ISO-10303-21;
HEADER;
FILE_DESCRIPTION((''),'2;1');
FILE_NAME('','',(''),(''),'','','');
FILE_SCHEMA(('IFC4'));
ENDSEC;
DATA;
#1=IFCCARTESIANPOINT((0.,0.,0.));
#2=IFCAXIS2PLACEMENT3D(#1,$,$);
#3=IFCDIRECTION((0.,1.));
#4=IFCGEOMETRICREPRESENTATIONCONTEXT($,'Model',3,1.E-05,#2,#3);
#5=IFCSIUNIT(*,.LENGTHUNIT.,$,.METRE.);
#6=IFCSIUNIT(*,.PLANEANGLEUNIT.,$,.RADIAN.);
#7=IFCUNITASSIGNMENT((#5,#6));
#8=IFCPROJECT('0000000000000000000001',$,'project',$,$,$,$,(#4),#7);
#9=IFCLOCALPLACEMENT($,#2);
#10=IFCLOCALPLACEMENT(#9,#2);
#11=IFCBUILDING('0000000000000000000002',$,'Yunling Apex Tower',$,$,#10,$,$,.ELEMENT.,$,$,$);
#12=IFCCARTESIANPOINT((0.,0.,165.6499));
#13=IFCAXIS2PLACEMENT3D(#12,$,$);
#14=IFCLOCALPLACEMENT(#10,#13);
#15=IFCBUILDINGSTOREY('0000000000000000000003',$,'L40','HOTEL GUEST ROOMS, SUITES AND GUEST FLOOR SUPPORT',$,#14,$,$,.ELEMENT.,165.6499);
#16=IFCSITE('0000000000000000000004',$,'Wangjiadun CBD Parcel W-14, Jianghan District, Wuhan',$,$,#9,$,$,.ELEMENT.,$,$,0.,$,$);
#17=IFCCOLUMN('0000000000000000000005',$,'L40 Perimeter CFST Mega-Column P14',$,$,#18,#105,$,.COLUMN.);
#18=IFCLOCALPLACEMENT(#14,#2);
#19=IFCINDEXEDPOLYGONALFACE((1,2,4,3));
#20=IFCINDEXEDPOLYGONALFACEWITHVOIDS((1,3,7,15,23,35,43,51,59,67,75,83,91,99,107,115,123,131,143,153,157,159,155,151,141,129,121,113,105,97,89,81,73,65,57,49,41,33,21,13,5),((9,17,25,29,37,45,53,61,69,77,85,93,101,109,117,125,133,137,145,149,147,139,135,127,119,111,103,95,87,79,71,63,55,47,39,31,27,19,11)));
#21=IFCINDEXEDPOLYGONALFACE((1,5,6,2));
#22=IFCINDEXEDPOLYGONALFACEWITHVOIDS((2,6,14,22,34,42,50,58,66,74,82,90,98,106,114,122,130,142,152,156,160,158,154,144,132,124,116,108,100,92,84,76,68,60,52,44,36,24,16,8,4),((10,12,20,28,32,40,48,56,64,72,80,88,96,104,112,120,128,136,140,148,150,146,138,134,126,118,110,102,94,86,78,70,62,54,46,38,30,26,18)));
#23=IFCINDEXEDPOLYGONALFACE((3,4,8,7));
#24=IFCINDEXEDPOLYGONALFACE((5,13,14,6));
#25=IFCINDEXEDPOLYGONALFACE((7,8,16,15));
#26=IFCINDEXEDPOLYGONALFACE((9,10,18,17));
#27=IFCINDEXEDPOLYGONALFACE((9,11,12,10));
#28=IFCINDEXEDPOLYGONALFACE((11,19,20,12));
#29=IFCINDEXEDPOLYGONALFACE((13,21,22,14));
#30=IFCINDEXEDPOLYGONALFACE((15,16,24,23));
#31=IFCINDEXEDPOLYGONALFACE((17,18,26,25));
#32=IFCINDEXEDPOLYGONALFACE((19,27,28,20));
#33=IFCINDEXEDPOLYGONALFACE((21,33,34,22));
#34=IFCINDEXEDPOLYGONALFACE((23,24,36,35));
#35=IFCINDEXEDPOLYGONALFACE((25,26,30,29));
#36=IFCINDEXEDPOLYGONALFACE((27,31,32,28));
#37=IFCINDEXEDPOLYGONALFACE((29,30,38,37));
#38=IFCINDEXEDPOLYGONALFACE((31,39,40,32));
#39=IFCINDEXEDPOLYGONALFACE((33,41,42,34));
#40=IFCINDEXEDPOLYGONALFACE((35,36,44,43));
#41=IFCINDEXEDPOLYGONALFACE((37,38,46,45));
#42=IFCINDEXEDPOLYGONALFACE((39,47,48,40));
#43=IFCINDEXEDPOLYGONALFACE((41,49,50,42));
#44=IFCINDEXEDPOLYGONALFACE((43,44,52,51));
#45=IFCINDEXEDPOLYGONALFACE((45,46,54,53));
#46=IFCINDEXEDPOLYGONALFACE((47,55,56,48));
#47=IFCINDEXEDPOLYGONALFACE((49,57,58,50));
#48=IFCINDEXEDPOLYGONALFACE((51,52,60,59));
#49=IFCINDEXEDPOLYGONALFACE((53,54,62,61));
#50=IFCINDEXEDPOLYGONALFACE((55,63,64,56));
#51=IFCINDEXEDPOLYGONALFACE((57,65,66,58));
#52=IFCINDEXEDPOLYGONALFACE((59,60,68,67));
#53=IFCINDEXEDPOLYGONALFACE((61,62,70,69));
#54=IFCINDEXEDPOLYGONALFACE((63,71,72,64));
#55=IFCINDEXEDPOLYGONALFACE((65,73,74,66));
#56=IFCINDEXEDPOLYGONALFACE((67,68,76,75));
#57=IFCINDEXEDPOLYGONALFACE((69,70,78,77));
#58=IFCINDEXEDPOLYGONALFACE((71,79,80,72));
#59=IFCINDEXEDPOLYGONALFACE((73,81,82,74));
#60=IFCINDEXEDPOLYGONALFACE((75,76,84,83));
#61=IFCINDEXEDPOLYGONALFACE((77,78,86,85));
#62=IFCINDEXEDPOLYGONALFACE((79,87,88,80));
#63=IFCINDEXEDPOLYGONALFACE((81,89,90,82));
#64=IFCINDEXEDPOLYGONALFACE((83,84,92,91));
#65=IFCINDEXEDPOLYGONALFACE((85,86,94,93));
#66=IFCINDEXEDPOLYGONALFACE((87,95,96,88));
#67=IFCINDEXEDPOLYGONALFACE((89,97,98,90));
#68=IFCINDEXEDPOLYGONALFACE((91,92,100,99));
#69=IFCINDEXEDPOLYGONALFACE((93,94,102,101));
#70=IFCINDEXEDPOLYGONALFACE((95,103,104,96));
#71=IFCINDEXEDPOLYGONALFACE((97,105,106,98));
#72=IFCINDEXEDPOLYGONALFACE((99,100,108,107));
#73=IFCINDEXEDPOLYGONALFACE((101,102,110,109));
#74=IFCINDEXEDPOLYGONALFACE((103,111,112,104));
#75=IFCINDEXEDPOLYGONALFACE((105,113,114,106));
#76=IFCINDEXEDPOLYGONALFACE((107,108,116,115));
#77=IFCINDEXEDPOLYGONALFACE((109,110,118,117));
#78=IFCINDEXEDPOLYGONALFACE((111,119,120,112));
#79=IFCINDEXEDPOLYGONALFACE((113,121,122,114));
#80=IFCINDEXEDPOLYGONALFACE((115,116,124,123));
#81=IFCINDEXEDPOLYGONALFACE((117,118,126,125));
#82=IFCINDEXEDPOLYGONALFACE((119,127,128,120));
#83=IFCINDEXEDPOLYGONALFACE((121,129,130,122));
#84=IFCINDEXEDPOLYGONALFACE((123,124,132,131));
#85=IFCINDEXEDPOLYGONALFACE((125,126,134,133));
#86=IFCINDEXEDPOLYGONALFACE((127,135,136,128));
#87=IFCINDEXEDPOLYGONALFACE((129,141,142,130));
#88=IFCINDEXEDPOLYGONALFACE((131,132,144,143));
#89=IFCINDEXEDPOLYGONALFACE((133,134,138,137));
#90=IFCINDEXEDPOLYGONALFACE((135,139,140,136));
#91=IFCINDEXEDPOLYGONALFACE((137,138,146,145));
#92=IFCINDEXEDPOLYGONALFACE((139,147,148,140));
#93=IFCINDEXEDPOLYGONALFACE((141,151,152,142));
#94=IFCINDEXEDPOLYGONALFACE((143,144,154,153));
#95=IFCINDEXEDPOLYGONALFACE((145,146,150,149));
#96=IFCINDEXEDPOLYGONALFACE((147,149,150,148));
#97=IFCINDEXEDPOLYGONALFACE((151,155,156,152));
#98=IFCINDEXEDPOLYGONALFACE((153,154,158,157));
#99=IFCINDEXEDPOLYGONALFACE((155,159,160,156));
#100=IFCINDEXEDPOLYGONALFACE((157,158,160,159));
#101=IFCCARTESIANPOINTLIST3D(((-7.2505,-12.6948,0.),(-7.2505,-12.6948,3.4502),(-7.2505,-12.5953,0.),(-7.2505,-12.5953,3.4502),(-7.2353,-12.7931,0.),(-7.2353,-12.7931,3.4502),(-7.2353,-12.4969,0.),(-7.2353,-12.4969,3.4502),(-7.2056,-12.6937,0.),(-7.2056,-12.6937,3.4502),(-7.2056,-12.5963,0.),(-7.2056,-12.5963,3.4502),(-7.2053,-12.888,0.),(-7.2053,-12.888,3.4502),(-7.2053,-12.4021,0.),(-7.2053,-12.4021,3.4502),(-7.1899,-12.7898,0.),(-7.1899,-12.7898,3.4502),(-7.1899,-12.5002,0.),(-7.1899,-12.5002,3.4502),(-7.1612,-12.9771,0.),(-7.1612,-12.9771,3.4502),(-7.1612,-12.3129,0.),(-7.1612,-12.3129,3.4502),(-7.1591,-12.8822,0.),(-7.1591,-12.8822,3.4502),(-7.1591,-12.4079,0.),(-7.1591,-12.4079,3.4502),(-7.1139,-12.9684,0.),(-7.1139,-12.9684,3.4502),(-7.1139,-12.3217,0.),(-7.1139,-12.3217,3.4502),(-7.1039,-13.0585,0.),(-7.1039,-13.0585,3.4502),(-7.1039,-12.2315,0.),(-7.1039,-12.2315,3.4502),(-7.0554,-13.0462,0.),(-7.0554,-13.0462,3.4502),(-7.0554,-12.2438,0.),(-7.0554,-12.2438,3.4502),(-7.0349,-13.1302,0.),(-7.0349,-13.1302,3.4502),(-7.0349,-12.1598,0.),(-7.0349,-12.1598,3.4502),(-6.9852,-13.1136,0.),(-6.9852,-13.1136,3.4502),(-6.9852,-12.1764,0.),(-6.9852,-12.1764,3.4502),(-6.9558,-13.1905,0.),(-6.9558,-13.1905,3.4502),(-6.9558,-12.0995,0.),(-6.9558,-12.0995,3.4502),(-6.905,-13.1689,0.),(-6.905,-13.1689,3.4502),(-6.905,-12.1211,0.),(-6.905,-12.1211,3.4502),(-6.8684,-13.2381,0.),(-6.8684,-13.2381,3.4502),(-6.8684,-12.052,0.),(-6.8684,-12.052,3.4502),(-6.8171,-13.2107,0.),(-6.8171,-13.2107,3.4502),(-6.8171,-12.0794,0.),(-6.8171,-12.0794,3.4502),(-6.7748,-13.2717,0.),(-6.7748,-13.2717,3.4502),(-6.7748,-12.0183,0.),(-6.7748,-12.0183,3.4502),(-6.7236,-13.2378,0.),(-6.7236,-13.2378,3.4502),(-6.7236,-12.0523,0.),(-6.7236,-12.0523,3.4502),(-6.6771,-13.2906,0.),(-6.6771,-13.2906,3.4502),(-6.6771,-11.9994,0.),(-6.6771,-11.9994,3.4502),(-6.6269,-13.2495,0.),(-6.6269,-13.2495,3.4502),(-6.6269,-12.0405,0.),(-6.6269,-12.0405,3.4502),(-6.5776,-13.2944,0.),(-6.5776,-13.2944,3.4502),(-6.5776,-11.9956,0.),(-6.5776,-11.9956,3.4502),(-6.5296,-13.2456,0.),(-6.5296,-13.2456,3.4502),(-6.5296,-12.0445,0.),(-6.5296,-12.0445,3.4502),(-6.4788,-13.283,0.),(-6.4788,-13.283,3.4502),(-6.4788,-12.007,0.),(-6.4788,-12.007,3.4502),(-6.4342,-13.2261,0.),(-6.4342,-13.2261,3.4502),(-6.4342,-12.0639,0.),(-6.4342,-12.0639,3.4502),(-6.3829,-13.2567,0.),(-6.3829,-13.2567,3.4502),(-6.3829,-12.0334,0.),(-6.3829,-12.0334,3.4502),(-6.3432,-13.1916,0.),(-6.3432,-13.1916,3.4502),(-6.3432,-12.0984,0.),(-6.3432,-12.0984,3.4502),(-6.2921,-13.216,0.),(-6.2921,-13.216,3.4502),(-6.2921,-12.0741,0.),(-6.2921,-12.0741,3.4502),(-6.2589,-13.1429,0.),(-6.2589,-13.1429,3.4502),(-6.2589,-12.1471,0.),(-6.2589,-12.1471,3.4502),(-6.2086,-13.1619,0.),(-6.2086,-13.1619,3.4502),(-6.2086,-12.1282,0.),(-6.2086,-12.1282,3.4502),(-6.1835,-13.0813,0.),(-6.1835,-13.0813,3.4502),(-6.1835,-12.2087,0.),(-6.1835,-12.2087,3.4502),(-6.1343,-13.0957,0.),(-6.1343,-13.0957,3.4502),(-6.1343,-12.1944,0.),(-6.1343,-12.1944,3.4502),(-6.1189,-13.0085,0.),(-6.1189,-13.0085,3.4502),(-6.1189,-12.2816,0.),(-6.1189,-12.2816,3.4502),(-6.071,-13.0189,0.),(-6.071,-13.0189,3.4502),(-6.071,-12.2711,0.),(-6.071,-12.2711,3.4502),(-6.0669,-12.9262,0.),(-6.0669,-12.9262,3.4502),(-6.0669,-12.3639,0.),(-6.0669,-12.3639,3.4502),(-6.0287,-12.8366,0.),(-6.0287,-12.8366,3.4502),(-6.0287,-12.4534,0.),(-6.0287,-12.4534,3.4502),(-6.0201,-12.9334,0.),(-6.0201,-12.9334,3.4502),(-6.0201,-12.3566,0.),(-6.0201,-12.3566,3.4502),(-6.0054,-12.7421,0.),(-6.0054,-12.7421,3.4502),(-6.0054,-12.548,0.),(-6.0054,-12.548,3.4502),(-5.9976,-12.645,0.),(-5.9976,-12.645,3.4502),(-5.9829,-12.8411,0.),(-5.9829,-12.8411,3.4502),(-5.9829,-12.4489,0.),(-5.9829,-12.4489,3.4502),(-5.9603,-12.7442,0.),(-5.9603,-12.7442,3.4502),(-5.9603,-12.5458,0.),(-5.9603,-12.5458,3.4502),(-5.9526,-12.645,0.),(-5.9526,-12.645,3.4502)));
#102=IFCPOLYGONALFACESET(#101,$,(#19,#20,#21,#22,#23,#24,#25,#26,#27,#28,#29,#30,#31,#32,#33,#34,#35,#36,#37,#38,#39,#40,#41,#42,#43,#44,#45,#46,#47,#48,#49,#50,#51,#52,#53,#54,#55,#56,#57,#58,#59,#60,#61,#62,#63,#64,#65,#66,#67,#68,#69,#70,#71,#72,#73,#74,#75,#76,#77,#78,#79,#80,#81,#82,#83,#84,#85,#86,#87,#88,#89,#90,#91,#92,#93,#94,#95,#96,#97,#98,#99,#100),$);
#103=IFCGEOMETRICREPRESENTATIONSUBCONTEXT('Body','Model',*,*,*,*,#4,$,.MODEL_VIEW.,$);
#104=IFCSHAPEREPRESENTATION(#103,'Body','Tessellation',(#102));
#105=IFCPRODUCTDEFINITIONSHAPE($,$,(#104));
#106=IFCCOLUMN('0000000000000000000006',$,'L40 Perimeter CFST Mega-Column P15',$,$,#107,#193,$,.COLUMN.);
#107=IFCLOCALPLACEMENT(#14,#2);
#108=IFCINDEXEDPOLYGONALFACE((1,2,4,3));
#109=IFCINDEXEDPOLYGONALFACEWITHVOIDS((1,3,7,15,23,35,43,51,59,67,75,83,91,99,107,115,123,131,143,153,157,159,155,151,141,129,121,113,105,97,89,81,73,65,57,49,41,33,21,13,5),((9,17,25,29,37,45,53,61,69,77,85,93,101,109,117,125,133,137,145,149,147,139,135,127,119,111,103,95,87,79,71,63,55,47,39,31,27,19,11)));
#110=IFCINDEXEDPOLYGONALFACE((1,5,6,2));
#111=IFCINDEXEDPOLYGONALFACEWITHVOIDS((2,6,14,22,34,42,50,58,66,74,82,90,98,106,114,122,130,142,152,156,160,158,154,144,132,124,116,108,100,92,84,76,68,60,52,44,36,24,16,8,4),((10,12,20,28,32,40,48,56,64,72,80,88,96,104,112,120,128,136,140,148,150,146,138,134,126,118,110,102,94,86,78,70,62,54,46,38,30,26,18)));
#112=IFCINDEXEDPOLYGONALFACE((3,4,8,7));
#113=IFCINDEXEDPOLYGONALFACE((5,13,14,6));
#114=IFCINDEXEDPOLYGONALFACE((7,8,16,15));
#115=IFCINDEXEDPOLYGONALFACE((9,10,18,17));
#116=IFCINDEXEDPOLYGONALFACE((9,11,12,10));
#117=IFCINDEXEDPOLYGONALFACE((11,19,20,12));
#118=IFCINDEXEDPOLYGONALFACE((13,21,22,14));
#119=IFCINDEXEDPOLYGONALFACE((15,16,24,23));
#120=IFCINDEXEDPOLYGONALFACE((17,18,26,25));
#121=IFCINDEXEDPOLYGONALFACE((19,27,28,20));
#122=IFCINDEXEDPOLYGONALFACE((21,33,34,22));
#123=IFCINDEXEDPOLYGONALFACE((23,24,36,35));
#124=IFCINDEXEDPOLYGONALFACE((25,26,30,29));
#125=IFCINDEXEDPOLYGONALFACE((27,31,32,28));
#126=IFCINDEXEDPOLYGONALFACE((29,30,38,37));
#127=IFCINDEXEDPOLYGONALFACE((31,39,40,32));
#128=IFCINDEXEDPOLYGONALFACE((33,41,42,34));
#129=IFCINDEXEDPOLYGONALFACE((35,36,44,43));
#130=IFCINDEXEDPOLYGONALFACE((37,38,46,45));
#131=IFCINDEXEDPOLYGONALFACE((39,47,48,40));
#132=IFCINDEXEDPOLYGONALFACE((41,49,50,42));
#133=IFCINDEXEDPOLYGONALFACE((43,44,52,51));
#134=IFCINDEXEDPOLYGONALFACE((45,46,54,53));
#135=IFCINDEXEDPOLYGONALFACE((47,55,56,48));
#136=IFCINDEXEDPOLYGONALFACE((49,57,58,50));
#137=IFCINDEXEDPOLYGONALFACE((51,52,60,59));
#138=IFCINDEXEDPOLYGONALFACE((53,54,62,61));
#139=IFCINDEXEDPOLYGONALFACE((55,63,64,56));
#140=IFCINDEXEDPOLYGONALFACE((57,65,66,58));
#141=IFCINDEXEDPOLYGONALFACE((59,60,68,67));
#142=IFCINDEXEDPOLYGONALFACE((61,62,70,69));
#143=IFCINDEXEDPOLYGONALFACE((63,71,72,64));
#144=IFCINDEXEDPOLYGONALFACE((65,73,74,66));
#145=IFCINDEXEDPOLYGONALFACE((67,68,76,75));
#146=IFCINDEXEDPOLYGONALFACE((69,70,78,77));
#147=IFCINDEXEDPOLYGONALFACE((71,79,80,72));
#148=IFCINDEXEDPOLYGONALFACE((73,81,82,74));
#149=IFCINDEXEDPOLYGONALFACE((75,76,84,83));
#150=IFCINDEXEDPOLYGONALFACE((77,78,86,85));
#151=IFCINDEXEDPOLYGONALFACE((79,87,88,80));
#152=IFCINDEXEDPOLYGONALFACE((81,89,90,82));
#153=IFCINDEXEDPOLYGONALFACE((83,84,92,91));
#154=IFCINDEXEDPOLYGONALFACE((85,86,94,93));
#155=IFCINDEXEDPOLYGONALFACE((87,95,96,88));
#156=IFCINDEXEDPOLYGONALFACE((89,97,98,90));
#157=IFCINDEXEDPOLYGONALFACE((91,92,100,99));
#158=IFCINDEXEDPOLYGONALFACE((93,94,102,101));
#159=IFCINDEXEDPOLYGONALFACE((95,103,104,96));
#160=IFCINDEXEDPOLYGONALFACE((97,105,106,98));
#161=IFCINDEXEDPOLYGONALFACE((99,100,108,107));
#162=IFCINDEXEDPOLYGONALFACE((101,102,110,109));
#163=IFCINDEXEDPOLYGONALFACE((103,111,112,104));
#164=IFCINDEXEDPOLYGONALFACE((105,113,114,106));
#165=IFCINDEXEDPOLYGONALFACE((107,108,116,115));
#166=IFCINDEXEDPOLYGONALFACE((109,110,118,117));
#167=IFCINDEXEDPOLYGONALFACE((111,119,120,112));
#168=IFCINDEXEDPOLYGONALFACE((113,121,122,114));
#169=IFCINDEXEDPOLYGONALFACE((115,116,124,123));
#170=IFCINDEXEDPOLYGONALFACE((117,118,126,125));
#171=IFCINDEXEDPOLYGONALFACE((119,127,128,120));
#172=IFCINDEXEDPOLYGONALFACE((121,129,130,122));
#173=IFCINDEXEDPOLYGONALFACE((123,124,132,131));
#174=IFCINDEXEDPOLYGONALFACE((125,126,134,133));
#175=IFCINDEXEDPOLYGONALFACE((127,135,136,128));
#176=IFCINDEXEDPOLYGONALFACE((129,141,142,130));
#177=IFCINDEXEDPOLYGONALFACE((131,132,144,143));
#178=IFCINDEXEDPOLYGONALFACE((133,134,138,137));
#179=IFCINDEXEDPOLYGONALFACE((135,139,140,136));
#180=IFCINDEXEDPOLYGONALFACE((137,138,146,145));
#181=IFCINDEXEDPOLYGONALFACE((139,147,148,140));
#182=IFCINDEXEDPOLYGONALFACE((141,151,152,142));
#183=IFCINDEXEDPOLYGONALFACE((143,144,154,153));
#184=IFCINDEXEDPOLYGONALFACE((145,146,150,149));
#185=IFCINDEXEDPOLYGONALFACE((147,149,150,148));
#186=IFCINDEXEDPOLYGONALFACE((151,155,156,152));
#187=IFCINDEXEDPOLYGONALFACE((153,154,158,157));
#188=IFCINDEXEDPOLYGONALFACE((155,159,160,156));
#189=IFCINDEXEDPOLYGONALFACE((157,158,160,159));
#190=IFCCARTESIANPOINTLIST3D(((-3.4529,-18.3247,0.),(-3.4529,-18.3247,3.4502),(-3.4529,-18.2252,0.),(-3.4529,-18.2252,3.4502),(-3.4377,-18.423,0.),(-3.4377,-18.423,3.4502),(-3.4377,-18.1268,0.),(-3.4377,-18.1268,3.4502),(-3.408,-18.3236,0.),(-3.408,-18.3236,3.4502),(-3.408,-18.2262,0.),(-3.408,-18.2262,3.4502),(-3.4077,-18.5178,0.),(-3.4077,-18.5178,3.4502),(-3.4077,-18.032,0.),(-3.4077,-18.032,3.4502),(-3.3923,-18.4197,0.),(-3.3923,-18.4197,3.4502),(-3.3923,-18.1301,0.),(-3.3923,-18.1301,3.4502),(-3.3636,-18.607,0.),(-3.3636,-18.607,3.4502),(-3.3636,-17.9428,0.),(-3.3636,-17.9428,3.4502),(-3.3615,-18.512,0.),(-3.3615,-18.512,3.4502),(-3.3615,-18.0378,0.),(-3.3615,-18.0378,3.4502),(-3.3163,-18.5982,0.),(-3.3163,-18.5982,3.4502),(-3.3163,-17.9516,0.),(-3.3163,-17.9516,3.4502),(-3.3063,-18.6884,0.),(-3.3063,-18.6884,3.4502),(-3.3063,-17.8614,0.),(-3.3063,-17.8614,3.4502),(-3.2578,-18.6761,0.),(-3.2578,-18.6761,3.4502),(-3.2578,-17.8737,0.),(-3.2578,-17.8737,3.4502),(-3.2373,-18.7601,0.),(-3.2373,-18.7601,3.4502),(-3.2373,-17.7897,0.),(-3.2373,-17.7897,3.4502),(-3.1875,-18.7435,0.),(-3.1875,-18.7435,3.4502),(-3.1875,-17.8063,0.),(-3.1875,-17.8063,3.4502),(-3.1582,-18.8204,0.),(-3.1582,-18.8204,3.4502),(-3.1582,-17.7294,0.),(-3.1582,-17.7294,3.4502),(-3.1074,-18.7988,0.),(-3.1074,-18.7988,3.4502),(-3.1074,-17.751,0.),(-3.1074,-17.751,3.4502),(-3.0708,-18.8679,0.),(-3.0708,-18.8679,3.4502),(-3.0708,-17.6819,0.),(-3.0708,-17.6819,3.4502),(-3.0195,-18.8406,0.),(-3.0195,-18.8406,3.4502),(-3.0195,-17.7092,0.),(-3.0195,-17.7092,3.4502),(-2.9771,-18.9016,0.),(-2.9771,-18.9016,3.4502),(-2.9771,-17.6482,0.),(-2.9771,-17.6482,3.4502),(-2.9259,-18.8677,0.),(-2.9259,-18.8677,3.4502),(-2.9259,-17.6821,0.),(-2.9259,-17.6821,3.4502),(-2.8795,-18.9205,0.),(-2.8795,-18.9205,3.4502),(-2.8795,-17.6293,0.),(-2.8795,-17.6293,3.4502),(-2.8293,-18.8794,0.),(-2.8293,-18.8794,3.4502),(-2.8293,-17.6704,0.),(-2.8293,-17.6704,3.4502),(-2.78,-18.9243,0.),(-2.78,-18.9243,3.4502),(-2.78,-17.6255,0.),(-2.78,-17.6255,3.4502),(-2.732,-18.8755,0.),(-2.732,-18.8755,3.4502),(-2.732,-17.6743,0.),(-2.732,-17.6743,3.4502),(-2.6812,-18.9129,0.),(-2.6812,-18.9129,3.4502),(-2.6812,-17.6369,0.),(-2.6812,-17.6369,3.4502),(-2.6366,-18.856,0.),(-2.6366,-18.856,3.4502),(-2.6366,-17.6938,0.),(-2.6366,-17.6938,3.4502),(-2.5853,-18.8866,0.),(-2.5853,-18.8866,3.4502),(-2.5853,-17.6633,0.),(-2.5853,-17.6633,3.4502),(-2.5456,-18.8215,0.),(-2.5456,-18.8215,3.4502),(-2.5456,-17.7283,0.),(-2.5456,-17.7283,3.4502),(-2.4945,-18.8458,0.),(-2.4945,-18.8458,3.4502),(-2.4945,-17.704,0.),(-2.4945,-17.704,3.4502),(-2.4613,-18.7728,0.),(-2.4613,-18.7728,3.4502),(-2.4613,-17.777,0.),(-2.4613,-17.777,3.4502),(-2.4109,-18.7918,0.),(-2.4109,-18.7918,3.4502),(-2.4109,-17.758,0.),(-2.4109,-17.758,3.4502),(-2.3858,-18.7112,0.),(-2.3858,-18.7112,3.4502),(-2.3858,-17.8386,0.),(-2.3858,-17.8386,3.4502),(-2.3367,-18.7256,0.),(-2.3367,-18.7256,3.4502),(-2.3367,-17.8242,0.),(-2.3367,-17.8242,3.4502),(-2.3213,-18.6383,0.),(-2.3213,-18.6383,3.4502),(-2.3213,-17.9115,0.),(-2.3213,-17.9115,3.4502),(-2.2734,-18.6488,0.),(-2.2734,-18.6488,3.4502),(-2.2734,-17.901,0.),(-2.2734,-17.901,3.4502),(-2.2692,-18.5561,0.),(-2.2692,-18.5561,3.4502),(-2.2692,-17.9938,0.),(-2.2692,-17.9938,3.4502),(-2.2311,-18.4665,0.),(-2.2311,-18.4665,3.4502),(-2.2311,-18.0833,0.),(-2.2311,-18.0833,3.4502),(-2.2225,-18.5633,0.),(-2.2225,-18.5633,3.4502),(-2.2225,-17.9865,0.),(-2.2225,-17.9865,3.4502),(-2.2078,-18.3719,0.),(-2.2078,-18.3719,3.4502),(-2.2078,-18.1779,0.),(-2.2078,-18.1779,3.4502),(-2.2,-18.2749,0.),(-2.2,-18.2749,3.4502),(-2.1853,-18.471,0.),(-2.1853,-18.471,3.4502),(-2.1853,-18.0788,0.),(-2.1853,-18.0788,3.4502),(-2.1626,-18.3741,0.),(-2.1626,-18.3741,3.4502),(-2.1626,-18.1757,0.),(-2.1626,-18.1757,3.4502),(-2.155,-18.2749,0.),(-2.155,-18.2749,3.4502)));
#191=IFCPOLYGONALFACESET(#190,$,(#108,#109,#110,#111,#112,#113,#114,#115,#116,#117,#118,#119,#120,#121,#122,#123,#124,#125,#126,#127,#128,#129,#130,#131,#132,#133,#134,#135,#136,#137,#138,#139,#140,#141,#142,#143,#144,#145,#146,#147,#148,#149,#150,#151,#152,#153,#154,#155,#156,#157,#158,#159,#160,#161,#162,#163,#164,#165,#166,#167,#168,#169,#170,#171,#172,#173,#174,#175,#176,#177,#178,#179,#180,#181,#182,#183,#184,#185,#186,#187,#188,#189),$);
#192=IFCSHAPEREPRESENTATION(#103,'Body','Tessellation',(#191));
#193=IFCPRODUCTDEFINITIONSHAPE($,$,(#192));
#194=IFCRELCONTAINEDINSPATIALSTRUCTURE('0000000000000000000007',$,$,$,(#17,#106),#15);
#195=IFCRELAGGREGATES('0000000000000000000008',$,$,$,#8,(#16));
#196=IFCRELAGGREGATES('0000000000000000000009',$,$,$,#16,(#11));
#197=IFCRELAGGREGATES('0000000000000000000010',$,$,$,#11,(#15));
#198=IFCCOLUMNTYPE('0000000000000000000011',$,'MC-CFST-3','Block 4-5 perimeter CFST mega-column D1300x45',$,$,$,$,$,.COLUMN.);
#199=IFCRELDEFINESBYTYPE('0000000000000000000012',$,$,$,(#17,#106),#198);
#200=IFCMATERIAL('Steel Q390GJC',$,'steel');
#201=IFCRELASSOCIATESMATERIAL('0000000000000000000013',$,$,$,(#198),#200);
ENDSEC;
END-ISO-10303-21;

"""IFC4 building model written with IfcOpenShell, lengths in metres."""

from ifc_helpers import new_model, si_unit, direction, frame, origin, origin_2d, place, context, subcontext, project, spatial, hollow_circle, extrude, source, transform, mapped, material, material_profile, profile_set, type_object, element, save


model = new_model("IFC4")

# Units and contexts
model_context = context("Model", 3, precision=1e-05, world=origin(), true_north=direction((0.0, 1.0)))
body_context = subcontext(model_context, "Body", "Model", "MODEL_VIEW")
ifc_project = project(units=[si_unit("LENGTHUNIT", "METRE"), si_unit("PLANEANGLEUNIT", "RADIAN")], contexts=[model_context])

# Site, building, storey
site_placement = place(None, origin())
site = spatial("IfcSite", under=ifc_project, at=site_placement, Name="Wangjiadun CBD Parcel W-14, Jianghan District, Wuhan", CompositionType="ELEMENT", RefElevation=0.0)
building_placement = place(site_placement, origin())
building = spatial("IfcBuilding", under=site, at=building_placement, Name="Yunling Apex Tower", CompositionType="ELEMENT")
storey_placement = place(building_placement, frame((0.0, 0.0, 165.6499)))
storey = spatial("IfcBuildingStorey", under=building, at=storey_placement, Name="L40", Description="HOTEL GUEST ROOMS, SUITES AND GUEST FLOOR SUPPORT", CompositionType="ELEMENT", Elevation=165.6499)

# Columns
ifc_material_1 = material(Name="Steel Q390GJC", Category="steel")
ifc_material_profile_1 = material_profile(ifc_material_1, hollow_circle(Radius=0.6499, WallThickness=0.0449, at=origin_2d()))
ifc_profile_set_1 = profile_set([ifc_material_profile_1], Name="Steel Q390GJC")
column_type = type_object("IfcColumnType", Name="MC-CFST-3", Description="Block 4-5 perimeter CFST mega-column D1300x45", PredefinedType="COLUMN", material=ifc_profile_set_1)
shared_shape_1 = source(origin(), body_context, "Body", "SweptSolid", [
    extrude(hollow_circle(Radius=0.6499, WallThickness=0.0449, at=origin_2d()), origin(), (0.0, 0.0, 1.0), 3.4502),
])
for number, where, z_axis, x_axis, name in (
    (1, (-6.6025, -12.645, 0.0), (0.0, 0.0, 1.0), (1.0, 0.0, 0.0), "L40 Perimeter CFST Mega-Column P14"),
    (2, (-2.8049, -18.2749, 0.0), (0.0, 0.0, 1.0), (1.0, 0.0, 0.0), "L40 Perimeter CFST Mega-Column P15"),
):
    element("IfcColumn", number, at=place(storey_placement, frame(where, z_axis=z_axis, x_axis=x_axis)), inside=storey, type_object=column_type, Name=name, PredefinedType="COLUMN", context=body_context, shape_type="MappedRepresentation", body=[
        mapped(shared_shape_1, transform((0.0, 0.0, 0.0), scale=1.0)),
    ])

save(model, "model.ifc")
